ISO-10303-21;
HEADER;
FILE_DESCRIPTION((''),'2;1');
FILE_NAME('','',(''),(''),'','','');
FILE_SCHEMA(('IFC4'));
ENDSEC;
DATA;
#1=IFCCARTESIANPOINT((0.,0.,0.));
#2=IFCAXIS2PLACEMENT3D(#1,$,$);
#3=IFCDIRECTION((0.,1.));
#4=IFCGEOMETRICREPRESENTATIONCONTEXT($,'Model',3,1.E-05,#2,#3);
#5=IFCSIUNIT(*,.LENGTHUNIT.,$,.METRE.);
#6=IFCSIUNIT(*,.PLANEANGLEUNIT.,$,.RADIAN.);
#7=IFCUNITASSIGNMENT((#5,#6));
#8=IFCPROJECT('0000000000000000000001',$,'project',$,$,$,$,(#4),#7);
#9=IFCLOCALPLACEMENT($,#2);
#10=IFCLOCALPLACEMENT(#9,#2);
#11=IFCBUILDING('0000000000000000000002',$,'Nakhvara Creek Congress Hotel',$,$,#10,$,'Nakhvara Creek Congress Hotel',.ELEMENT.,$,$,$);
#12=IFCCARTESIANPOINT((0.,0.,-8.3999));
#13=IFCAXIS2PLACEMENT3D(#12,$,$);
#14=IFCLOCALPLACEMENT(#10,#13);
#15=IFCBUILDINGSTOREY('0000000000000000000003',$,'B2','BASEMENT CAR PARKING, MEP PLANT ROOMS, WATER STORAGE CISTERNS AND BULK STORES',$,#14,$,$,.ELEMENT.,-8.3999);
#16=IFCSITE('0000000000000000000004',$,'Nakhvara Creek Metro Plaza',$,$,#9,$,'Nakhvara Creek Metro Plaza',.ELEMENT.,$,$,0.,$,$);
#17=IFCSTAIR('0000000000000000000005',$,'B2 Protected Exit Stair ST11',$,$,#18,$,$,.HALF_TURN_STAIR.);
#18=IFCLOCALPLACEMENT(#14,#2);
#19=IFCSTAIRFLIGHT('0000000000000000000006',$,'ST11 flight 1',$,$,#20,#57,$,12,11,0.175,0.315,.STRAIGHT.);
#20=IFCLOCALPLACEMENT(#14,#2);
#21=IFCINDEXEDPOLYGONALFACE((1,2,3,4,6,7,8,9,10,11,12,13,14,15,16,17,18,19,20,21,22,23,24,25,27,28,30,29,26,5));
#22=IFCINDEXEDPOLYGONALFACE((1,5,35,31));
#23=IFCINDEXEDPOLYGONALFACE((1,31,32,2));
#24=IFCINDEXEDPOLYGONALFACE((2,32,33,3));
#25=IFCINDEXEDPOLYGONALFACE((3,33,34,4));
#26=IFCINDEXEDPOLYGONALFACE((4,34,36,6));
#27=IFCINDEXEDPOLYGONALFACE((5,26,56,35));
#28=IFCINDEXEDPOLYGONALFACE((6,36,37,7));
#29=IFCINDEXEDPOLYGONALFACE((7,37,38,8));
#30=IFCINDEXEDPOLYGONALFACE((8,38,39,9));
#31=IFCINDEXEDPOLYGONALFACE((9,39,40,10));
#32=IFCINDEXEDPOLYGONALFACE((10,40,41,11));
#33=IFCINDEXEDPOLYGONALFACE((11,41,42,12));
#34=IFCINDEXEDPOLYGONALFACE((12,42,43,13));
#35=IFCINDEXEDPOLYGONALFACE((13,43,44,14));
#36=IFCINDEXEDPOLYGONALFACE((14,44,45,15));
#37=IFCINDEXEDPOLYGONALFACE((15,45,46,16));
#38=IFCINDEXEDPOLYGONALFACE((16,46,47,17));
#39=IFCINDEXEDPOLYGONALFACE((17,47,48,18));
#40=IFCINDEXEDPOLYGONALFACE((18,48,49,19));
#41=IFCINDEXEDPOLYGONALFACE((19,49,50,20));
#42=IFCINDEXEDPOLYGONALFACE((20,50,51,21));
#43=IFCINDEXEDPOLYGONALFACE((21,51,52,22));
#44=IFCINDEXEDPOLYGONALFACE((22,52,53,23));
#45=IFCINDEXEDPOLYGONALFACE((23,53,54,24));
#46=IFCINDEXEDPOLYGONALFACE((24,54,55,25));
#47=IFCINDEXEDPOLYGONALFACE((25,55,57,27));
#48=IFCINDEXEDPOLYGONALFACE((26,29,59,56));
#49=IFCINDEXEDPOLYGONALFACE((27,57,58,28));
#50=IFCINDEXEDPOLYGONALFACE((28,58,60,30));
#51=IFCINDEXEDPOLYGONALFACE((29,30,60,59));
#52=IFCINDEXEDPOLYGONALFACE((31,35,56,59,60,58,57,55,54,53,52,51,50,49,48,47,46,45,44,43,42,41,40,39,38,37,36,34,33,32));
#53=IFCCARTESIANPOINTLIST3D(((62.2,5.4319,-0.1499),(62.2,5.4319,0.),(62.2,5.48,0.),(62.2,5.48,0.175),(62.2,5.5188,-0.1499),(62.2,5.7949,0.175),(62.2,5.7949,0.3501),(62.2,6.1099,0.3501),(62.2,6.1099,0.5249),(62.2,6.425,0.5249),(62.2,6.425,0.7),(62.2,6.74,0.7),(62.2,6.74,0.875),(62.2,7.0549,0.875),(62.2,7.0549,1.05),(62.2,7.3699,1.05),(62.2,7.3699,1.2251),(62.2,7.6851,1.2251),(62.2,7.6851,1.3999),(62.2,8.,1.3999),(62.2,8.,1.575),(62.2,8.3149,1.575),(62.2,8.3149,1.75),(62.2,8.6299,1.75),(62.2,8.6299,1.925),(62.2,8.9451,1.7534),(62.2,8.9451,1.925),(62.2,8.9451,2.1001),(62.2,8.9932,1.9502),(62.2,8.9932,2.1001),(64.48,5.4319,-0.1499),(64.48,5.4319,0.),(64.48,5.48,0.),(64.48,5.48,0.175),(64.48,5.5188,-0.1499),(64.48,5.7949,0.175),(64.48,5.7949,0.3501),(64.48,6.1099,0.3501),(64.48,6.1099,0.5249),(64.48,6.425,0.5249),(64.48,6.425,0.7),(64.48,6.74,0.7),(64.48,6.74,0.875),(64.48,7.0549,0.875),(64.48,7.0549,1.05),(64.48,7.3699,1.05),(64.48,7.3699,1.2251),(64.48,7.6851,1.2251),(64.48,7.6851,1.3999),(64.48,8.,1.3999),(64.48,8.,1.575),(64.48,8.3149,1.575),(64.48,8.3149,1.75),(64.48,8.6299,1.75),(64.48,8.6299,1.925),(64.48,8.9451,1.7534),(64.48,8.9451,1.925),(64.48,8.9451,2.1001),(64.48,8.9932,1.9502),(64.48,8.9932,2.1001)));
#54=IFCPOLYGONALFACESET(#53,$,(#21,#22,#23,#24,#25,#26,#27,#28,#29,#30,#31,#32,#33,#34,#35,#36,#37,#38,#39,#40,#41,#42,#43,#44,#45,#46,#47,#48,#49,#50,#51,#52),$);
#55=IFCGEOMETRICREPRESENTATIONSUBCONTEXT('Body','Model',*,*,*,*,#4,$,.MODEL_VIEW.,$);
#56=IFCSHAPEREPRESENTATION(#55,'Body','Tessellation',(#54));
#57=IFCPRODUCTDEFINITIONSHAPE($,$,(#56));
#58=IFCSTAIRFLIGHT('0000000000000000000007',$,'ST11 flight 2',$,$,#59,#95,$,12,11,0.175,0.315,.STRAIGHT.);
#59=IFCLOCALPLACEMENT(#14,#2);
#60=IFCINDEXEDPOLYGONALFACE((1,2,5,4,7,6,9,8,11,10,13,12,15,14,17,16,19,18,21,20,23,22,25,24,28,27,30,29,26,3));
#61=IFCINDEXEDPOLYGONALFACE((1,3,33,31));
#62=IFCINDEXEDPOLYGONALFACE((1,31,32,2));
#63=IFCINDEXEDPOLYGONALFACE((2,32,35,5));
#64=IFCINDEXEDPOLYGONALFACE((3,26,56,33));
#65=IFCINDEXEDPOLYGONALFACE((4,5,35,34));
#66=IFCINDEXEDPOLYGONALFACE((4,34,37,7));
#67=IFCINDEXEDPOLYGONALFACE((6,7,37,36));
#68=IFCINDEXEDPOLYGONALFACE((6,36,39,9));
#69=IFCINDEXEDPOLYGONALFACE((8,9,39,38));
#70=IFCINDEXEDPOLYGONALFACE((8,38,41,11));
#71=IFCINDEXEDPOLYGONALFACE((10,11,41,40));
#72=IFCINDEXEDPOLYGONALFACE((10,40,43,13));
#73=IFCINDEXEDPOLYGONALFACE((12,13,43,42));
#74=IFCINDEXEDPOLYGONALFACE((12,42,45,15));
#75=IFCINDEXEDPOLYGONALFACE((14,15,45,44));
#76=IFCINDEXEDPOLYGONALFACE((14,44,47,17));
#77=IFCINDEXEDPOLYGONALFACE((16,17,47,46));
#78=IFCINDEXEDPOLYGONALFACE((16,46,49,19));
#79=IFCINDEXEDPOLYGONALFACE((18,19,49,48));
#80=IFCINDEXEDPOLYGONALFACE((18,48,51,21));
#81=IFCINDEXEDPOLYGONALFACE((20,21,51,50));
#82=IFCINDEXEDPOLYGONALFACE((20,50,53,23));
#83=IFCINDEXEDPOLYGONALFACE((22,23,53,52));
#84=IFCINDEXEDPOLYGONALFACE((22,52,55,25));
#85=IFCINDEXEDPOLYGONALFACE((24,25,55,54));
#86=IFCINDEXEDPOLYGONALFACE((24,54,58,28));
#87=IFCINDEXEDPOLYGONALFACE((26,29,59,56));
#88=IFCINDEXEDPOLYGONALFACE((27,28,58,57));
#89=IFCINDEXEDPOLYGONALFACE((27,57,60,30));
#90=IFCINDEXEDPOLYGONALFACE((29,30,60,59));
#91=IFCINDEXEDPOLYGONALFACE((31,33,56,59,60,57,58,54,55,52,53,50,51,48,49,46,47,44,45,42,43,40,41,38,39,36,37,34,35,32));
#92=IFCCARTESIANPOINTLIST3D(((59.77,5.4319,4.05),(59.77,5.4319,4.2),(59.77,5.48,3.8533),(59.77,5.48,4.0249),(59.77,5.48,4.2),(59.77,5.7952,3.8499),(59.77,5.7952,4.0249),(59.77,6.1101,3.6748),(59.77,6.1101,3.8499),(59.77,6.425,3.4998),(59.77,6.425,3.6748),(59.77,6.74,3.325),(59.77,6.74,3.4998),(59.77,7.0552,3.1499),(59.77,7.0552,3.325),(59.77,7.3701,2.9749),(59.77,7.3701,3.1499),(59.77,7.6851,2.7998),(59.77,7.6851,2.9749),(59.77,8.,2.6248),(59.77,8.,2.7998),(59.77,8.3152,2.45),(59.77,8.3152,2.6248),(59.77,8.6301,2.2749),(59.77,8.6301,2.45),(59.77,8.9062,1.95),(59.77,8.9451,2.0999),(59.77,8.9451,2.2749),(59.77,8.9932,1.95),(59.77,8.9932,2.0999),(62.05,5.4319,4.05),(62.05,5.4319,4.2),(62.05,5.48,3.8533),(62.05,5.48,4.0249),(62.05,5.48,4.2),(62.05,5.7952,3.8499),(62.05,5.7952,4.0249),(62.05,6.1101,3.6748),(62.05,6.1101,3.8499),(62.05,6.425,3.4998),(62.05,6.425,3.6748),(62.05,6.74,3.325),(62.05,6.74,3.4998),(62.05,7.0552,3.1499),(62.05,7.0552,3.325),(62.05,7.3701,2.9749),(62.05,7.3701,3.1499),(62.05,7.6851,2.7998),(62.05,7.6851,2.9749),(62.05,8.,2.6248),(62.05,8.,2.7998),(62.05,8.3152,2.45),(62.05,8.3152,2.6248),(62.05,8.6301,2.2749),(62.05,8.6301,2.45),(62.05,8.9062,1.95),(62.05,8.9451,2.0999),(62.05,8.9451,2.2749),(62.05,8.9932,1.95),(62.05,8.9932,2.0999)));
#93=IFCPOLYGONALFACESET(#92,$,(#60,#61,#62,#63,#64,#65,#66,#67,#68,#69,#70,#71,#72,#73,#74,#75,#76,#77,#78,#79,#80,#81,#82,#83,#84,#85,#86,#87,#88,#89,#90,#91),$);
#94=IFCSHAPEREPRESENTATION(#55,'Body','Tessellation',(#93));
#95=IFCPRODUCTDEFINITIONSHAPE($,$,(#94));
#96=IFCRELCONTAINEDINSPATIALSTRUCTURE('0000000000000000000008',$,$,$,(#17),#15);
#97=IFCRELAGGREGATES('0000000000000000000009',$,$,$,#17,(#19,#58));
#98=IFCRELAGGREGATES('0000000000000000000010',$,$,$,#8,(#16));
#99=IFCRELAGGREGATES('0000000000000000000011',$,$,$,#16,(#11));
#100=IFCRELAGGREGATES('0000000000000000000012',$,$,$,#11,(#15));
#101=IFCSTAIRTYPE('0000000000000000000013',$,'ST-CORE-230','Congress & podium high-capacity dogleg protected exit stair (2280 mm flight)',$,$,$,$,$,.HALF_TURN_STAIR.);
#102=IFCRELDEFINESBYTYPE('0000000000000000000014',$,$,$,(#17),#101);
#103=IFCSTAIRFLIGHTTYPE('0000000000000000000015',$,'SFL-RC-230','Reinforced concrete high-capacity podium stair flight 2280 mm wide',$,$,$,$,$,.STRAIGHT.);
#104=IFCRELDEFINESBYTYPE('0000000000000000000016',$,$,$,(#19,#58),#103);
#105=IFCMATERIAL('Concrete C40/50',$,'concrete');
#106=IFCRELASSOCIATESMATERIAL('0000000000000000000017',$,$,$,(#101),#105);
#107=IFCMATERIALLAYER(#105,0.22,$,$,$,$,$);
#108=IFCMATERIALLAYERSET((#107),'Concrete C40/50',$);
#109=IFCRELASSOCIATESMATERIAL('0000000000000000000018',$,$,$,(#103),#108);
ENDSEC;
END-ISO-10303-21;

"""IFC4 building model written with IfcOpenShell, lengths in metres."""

from ifc_helpers import new_model, si_unit, direction, frame, origin, place, context, subcontext, project, spatial, polyline, outline, extrude, material, layer, layer_set, type_object, element, aggregate, save


model = new_model("IFC4")

# Units and contexts
model_context = context("Model", 3, precision=1e-05, world=origin(), true_north=direction((0.0, 1.0)))
body_context = subcontext(model_context, "Body", "Model", "MODEL_VIEW")
ifc_project = project(units=[si_unit("LENGTHUNIT", "METRE"), si_unit("PLANEANGLEUNIT", "RADIAN")], contexts=[model_context])

# Site, building, storey
site_placement = place(None, origin())
site = spatial("IfcSite", under=ifc_project, at=site_placement, Name="Nakhvara Creek Metro Plaza", LongName="Nakhvara Creek Metro Plaza", CompositionType="ELEMENT", RefElevation=0.0)
building_placement = place(site_placement, origin())
building = spatial("IfcBuilding", under=site, at=building_placement, Name="Nakhvara Creek Congress Hotel", LongName="Nakhvara Creek Congress Hotel", CompositionType="ELEMENT")
storey_placement = place(building_placement, frame((0.0, 0.0, -8.3999)))
storey = spatial("IfcBuildingStorey", under=building, at=storey_placement, Name="B2", Description="BASEMENT CAR PARKING, MEP PLANT ROOMS, WATER STORAGE CISTERNS AND BULK STORES", CompositionType="ELEMENT", Elevation=-8.3999)

# Shared definitions
ifc_material_1 = material(Name="Concrete C40/50", Category="concrete")

# Stair, stair flights
stair_type = type_object("IfcStairType", Name="ST-CORE-230", Description="Congress & podium high-capacity dogleg protected exit stair (2280 mm flight)", PredefinedType="HALF_TURN_STAIR", material=ifc_material_1)
stair_placement = place(storey_placement, origin())
stair = element("IfcStair", 1, at=stair_placement, inside=storey, type_object=stair_type, Name="B2 Protected Exit Stair ST11", PredefinedType="HALF_TURN_STAIR")
ifc_layer_1 = layer(ifc_material_1, 0.22)
ifc_layer_set_1 = layer_set([ifc_layer_1], Name="Concrete C40/50")
stair_flight_type = type_object("IfcStairFlightType", Name="SFL-RC-230", Description="Reinforced concrete high-capacity podium stair flight 2280 mm wide", PredefinedType="STRAIGHT", material=ifc_layer_set_1)
stair_flight_1_placement = place(storey_placement, frame((63.3401, 5.48, 0.0), z_axis=(0.0, 0.0, 1.0), x_axis=(0.0, 1.0, 0.0)))
stair_flight_1 = element("IfcStairFlight", 2, at=stair_flight_1_placement, type_object=stair_flight_type, Name="ST11 flight 1", NumberOfRisers=12, NumberOfTreads=11, PredefinedType="STRAIGHT", RiserHeight=0.175, TreadLength=0.315, context=body_context, shape_type="SweptSolid", body=[
    extrude(outline(polyline([(-0.0481, 0.0), (0.0, 0.0), (0.0, 0.175), (0.3149, 0.175), (0.3149, 0.3501), (0.6299, 0.3501), (0.6299, 0.5249), (0.9451, 0.5249), (0.9451, 0.7), (1.26, 0.7), (1.26, 0.875), (1.575, 0.875), (1.575, 1.05), (1.8899, 1.05), (1.8899, 1.2251), (2.2051, 1.2251), (2.2051, 1.3999), (2.52, 1.3999), (2.52, 1.575), (2.835, 1.575), (2.835, 1.75), (3.1499, 1.75), (3.1499, 1.925), (3.4651, 1.925), (3.4651, 2.1001), (3.5132, 2.1001), (3.5132, 1.9502), (3.4651, 1.7534), (0.0388, -0.1499), (-0.0481, -0.1499), (-0.0481, 0.0)])), frame((0.0, 1.1401, 0.0), z_axis=(0.0, -1.0, 0.0), x_axis=(1.0, 0.0, 0.0)), (0.0, 0.0, 1.0), 2.28),
])
stair_flight_2_placement = place(storey_placement, frame((60.9099, 8.9451, 2.0999), z_axis=(0.0, 0.0, 1.0), x_axis=(0.0, -1.0, 0.0)))
stair_flight_2 = element("IfcStairFlight", 3, at=stair_flight_2_placement, type_object=stair_flight_type, Name="ST11 flight 2", NumberOfRisers=12, NumberOfTreads=11, PredefinedType="STRAIGHT", RiserHeight=0.175, TreadLength=0.315, context=body_context, shape_type="SweptSolid", body=[
    extrude(outline(polyline([(-0.0481, 0.0), (0.0, 0.0), (0.0, 0.175), (0.3149, 0.175), (0.3149, 0.3501), (0.6299, 0.3501), (0.6299, 0.5249), (0.9451, 0.5249), (0.9451, 0.7), (1.26, 0.7), (1.26, 0.875), (1.575, 0.875), (1.575, 1.05), (1.8899, 1.05), (1.8899, 1.2251), (2.2051, 1.2251), (2.2051, 1.3999), (2.52, 1.3999), (2.52, 1.575), (2.835, 1.575), (2.835, 1.75), (3.1499, 1.75), (3.1499, 1.925), (3.4651, 1.925), (3.4651, 2.1001), (3.5132, 2.1001), (3.5132, 1.9502), (3.4651, 1.7534), (0.0388, -0.1499), (-0.0481, -0.1499), (-0.0481, 0.0)])), frame((0.0, 1.1401, 0.0), z_axis=(0.0, -1.0, 0.0), x_axis=(1.0, 0.0, 0.0)), (0.0, 0.0, 1.0), 2.28),
])
aggregate(stair, [stair_flight_1, stair_flight_2])

save(model, "model.ifc")
